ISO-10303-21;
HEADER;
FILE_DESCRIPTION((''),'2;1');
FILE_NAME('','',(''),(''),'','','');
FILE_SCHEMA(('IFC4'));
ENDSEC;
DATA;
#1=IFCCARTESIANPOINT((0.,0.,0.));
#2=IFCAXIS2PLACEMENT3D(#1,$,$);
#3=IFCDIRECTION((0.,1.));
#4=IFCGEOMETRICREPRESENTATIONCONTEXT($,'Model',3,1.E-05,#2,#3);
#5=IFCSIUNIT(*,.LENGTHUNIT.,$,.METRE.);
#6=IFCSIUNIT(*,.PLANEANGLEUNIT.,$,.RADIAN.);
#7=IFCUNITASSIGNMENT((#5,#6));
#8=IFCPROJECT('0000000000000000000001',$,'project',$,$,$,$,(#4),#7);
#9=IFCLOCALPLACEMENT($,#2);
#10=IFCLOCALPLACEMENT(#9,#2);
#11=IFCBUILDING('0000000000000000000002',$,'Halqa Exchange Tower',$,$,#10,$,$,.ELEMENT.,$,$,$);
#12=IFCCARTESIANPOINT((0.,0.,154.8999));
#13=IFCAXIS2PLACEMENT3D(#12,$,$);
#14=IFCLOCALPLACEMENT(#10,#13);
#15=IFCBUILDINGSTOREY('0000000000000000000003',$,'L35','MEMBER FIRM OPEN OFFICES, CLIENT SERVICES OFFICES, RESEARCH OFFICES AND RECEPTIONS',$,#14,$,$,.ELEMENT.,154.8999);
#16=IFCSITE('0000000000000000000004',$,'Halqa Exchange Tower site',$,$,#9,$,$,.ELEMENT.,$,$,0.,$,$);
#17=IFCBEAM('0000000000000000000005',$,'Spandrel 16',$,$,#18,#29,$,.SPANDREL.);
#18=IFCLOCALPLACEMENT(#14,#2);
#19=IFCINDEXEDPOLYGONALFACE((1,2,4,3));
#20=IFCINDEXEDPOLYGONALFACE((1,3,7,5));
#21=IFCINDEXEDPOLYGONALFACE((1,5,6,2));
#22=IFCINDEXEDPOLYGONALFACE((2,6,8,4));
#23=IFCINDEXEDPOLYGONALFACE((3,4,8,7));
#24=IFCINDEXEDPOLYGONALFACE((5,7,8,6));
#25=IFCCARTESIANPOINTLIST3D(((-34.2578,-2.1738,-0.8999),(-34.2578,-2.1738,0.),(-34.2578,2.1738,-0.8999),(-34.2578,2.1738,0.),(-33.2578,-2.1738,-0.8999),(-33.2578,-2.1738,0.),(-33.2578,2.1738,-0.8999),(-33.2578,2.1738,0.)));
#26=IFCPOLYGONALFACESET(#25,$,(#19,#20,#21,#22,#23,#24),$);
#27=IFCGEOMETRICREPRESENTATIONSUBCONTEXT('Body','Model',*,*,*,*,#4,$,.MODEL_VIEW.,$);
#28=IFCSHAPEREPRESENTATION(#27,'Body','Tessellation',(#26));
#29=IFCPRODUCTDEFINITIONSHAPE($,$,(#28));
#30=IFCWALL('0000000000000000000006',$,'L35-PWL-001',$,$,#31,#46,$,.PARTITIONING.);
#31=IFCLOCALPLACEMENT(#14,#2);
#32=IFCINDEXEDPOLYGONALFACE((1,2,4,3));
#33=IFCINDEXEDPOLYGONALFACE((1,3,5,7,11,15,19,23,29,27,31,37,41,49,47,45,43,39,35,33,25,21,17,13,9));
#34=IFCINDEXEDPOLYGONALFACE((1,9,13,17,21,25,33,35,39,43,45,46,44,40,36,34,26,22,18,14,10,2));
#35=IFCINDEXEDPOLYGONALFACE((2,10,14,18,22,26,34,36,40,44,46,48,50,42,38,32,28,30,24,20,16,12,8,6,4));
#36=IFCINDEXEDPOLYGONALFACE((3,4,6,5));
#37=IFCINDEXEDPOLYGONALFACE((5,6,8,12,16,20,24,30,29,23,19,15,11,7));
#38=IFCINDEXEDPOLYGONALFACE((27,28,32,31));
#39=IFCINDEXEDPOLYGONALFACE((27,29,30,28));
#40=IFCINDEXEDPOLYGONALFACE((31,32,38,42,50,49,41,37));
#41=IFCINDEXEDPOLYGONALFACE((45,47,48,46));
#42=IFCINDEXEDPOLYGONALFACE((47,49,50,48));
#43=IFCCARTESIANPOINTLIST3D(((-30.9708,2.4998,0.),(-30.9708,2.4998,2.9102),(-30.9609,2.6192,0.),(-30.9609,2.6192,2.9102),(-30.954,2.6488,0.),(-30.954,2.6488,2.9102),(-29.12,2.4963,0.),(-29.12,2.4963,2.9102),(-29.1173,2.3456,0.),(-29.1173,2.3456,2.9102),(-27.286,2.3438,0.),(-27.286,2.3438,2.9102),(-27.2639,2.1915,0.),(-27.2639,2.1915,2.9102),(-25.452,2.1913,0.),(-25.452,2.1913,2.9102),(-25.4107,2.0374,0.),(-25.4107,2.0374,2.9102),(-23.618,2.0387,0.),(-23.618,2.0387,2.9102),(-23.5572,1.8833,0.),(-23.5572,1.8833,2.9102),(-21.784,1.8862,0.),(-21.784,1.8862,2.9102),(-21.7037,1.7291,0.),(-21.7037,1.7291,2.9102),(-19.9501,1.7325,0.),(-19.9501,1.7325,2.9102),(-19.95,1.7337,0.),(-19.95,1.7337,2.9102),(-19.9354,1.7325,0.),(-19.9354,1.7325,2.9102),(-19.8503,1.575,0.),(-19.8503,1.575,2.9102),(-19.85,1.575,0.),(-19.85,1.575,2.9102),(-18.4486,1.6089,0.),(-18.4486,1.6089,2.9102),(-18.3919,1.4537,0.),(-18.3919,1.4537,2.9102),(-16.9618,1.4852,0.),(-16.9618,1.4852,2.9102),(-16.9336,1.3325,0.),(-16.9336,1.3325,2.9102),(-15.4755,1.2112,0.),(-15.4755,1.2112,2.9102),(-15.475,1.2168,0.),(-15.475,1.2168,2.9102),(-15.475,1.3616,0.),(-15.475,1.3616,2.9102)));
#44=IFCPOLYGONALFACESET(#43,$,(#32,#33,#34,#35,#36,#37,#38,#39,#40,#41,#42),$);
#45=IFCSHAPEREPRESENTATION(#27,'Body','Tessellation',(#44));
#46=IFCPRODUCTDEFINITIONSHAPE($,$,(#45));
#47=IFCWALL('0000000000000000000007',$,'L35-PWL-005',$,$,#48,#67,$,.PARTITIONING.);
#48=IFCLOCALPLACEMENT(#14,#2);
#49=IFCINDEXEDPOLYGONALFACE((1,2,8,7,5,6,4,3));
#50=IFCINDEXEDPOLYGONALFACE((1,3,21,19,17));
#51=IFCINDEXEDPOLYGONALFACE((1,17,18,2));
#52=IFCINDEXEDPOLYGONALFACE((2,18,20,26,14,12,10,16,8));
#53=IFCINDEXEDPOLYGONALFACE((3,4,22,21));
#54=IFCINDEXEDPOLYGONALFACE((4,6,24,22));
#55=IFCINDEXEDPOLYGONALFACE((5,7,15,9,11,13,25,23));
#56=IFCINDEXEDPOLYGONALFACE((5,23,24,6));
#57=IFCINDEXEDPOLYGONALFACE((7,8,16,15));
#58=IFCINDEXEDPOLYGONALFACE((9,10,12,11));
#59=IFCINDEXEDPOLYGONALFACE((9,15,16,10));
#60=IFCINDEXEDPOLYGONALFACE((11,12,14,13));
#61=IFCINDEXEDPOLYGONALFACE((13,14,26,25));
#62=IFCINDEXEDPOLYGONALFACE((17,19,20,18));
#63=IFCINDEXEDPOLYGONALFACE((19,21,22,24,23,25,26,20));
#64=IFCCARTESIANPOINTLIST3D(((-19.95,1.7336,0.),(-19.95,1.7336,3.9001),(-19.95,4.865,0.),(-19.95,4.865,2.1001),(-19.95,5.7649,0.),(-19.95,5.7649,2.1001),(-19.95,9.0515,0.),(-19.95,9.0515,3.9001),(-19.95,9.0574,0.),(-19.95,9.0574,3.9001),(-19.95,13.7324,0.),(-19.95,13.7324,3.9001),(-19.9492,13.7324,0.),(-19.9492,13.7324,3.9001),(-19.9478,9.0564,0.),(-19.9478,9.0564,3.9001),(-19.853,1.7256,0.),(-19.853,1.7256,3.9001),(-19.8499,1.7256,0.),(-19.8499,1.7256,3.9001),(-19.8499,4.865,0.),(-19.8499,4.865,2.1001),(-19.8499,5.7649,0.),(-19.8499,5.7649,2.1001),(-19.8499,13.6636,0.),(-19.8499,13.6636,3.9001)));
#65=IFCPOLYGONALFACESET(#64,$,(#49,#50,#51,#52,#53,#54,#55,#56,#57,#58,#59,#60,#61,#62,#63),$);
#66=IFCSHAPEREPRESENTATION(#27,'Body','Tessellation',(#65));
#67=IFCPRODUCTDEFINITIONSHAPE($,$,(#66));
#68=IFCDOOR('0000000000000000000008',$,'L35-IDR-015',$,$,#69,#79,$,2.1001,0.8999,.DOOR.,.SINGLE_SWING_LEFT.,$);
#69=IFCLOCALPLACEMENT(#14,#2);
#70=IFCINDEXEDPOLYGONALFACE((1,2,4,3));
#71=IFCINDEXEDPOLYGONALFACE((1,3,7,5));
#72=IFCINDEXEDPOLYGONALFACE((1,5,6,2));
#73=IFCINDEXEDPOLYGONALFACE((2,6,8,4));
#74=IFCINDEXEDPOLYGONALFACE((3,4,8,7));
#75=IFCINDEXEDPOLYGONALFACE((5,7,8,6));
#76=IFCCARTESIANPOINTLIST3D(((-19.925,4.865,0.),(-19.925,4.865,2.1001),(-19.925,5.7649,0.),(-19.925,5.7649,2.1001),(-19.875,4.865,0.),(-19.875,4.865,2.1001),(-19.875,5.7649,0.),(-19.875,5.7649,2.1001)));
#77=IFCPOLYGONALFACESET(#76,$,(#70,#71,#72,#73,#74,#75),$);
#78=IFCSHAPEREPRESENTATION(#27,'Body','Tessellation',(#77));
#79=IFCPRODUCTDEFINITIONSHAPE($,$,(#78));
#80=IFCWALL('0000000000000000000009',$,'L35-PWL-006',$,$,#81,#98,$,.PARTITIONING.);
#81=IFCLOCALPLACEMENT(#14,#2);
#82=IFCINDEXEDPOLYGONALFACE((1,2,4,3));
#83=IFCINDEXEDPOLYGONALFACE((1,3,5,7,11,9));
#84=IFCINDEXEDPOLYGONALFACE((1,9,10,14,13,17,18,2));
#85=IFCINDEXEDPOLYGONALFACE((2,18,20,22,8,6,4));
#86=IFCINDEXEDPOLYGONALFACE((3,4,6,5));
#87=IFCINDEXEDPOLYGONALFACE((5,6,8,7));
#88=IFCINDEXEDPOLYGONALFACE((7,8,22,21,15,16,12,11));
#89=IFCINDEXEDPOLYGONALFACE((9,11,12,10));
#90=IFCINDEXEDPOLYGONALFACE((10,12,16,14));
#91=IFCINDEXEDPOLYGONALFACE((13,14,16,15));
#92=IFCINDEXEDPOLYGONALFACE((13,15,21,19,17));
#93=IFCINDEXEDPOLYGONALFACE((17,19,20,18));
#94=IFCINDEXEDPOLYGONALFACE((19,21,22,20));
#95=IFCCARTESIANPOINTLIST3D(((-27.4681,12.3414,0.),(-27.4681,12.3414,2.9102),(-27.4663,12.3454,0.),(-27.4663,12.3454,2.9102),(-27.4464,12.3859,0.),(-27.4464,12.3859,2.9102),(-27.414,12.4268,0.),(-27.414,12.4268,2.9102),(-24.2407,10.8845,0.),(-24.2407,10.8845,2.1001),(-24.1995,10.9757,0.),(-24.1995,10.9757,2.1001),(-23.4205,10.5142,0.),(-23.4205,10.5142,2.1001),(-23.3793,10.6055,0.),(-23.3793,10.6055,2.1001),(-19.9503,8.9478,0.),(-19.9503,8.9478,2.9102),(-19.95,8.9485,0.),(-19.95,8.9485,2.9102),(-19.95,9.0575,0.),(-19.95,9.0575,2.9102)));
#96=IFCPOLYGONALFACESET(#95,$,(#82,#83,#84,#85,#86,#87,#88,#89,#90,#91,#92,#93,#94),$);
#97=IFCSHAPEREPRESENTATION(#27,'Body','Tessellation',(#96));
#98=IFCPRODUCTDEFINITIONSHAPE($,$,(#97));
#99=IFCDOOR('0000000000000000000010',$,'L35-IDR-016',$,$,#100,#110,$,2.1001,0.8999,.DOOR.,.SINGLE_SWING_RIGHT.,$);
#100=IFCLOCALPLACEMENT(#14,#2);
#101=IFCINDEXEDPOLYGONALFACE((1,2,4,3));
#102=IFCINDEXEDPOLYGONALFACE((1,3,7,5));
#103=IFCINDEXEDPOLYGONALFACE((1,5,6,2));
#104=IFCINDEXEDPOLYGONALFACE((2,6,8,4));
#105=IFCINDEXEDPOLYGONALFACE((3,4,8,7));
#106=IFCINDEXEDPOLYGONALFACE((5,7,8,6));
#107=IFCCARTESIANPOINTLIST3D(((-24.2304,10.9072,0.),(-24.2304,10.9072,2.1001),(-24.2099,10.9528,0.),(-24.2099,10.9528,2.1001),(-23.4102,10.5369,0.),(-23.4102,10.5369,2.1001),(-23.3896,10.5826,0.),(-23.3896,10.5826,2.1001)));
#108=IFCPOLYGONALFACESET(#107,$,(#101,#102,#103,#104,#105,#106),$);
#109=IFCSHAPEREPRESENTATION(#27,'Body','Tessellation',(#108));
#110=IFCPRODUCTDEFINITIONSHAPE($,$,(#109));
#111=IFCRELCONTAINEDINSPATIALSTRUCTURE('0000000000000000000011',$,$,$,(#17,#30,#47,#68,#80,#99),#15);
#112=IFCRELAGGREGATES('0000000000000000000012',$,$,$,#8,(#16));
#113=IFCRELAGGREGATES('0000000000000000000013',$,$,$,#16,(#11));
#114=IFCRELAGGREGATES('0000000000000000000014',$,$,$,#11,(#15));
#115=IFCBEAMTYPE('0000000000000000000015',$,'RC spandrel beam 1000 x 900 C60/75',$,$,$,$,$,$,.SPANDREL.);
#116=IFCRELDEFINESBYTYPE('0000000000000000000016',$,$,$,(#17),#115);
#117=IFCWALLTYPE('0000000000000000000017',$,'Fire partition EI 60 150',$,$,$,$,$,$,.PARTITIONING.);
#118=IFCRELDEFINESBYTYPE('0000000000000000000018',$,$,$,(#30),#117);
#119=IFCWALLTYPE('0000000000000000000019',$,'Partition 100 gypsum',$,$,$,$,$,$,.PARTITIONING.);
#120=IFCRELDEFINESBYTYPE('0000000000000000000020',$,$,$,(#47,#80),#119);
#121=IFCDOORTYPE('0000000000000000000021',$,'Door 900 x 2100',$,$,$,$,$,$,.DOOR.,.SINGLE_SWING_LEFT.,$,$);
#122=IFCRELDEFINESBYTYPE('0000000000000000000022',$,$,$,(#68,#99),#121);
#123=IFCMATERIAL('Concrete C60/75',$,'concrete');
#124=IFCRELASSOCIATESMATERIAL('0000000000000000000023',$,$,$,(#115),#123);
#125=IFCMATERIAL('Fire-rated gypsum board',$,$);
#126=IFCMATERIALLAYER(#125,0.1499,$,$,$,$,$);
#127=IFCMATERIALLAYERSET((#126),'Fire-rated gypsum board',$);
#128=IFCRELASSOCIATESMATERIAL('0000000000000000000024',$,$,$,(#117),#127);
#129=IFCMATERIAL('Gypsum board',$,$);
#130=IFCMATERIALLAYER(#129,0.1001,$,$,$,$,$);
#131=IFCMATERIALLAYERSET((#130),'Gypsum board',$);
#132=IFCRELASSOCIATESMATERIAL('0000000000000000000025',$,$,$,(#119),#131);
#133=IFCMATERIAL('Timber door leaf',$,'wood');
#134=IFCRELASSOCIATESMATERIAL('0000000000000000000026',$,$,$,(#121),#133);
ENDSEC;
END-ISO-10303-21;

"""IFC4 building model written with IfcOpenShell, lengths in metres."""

from ifc_helpers import new_model, si_unit, direction, frame, frame_2d, origin, origin_2d, place, context, subcontext, project, spatial, polyline, rectangle, outline, extrude, material, layer, layer_set, material_profile, profile_set, type_object, element, fill, save


model = new_model("IFC4")

# Units and contexts
model_context = context("Model", 3, precision=1e-05, world=origin(), true_north=direction((0.0, 1.0)))
body_context = subcontext(model_context, "Body", "Model", "MODEL_VIEW")
ifc_project = project(units=[si_unit("LENGTHUNIT", "METRE"), si_unit("PLANEANGLEUNIT", "RADIAN")], contexts=[model_context])

# Site, building, storey
site_placement = place(None, origin())
site = spatial("IfcSite", under=ifc_project, at=site_placement, Name="Halqa Exchange Tower site", CompositionType="ELEMENT", RefElevation=0.0)
building_placement = place(site_placement, origin())
building = spatial("IfcBuilding", under=site, at=building_placement, Name="Halqa Exchange Tower", CompositionType="ELEMENT")
storey_placement = place(building_placement, frame((0.0, 0.0, 154.8999)))
storey = spatial("IfcBuildingStorey", under=building, at=storey_placement, Name="L35", Description="MEMBER FIRM OPEN OFFICES, CLIENT SERVICES OFFICES, RESEARCH OFFICES AND RECEPTIONS", CompositionType="ELEMENT", Elevation=154.8999)

# Beam
ifc_material_1 = material(Name="Concrete C60/75", Category="concrete")
ifc_material_profile_1 = material_profile(ifc_material_1, rectangle(XDim=1.0, YDim=0.8999, at=origin_2d()), Name="1000 x 900")
ifc_profile_set_1 = profile_set([ifc_material_profile_1], Name="Concrete C60/75")
beam_type_1 = type_object("IfcBeamType", Name="RC spandrel beam 1000 x 900 C60/75", PredefinedType="SPANDREL", material=ifc_profile_set_1)
beam_1_placement = place(storey_placement, frame((-33.7578, 2.1738, -0.45), z_axis=(0.0, -1.0, 0.0), x_axis=(1.0, 0.0, 0.0)))
element("IfcBeam", 1, at=beam_1_placement, inside=storey, type_object=beam_type_1, Name="Spandrel 16", PredefinedType="SPANDREL", context=body_context, shape_type="SweptSolid", body=[
    extrude(rectangle(XDim=1.0, YDim=0.8999, at=origin_2d()), origin(), (0.0, 0.0, 1.0), 4.3477),
])

# Wall
ifc_material_2 = material(Name="Fire-rated gypsum board")
ifc_layer_1 = layer(ifc_material_2, 0.1499)
ifc_layer_set_1 = layer_set([ifc_layer_1], Name="Fire-rated gypsum board")
wall_type_1 = type_object("IfcWallType", Name="Fire partition EI 60 150", PredefinedType="PARTITIONING", material=ifc_layer_set_1)
wall_1_placement = place(storey_placement, frame((-30.9646, 2.5745, 0.0), z_axis=(0.0, 0.0, 1.0), x_axis=(0.99656, -0.082873, 0.0)))
element("IfcWall", 2, at=wall_1_placement, inside=storey, type_object=wall_type_1, Name="L35-PWL-001", PredefinedType="PARTITIONING", context=body_context, shape_type="SweptSolid", body=[
    extrude(outline(polyline([(0.0, -0.075), (1.8599, -0.075), (3.7197, -0.075), (5.5793, -0.075), (7.4392, -0.075), (9.2991, -0.075), (11.1589, -0.075), (11.1592, -0.075), (11.1592, -0.075), (12.6223, -0.075), (14.0857, -0.075), (15.5488, -0.075), (15.5488, -0.0693), (15.5369, 0.075), (14.0449, 0.075), (12.553, 0.075), (11.061, 0.075), (11.0464, 0.0737), (11.0464, 0.075), (9.2061, 0.075), (7.3657, 0.075), (5.5254, 0.075), (3.6851, 0.075), (1.8447, 0.075), (0.0044, 0.075), (0.0, 0.0449), (0.0, -0.075)])), origin(), (0.0, 0.0, 1.0), 2.9102),
])

# Walls, openings, doors
ifc_material_3 = material(Name="Gypsum board")
ifc_layer_2 = layer(ifc_material_3, 0.1001)
ifc_layer_set_2 = layer_set([ifc_layer_2], Name="Gypsum board")
wall_type_2 = type_object("IfcWallType", Name="Partition 100 gypsum", PredefinedType="PARTITIONING", material=ifc_layer_set_2)
wall_2_placement = place(storey_placement, frame((-19.8999, 1.7256, 0.0), z_axis=(0.0, 0.0, 1.0), x_axis=(0.0, 1.0, 0.0)))
wall_2 = element("IfcWall", 3, at=wall_2_placement, inside=storey, type_object=wall_type_2, Name="L35-PWL-005", PredefinedType="PARTITIONING", context=body_context, shape_type="SweptSolid", body=[
    extrude(outline(polyline([(0.0, -0.05), (1.9897, -0.05), (3.9792, -0.05), (5.969, -0.05), (7.9587, -0.05), (9.9485, -0.05), (11.938, -0.05), (12.0068, 0.0493), (12.0068, 0.05), (10.4485, 0.05), (8.8901, 0.05), (7.3318, 0.05), (7.3308, 0.0479), (7.3259, 0.05), (5.4966, 0.05), (3.667, 0.05), (1.8376, 0.05), (0.0081, 0.05), (0.0, -0.0469), (0.0, -0.05)])), origin(), (0.0, 0.0, 1.0), 3.9001),
])
opening_1_placement = place(wall_2_placement, frame((3.1394, 0.0, 0.0)))
opening_1 = element("IfcOpeningElement", 4, at=opening_1_placement, cuts=wall_2, PredefinedType="OPENING", context=body_context, shape_type="SweptSolid", body=[
    extrude(rectangle(XDim=0.8999, YDim=2.1001, at=frame_2d((0.45, 1.05))), frame((0.0, 0.062, 0.0), z_axis=(0.0, -1.0, 0.0), x_axis=(1.0, 0.0, 0.0)), (0.0, 0.0, 1.0), 0.124),
])
ifc_material_4 = material(Name="Timber door leaf", Category="wood")
door_type_1 = type_object("IfcDoorType", Name="Door 900 x 2100", OperationType="SINGLE_SWING_LEFT", PredefinedType="DOOR", material=ifc_material_4)
door_1_placement = place(opening_1_placement, frame((0.8999, 0.0, 0.0), z_axis=(0.0, 0.0, 1.0), x_axis=(-1.0, 0.0, 0.0)))
door_1 = element("IfcDoor", 5, at=door_1_placement, inside=storey, type_object=door_type_1, Name="L35-IDR-015", OperationType="SINGLE_SWING_LEFT", OverallHeight=2.1001, OverallWidth=0.8999, PredefinedType="DOOR", context=body_context, shape_type="SweptSolid", body=[
    extrude(rectangle(XDim=0.8999, YDim=2.1001, at=frame_2d((0.45, 1.05))), frame((0.0, 0.0249, 0.0), z_axis=(0.0, -1.0, 0.0), x_axis=(1.0, 0.0, 0.0)), (0.0, 0.0, 1.0), 0.05),
])
fill(opening_1, door_1)
wall_3_placement = place(storey_placement, frame((-19.9297, 8.9934, 0.0), z_axis=(0.0, 0.0, 1.0), x_axis=(-0.911443, 0.411427, 0.0)))
wall_3 = element("IfcWall", 6, at=wall_3_placement, inside=storey, type_object=wall_type_2, Name="L35-PWL-006", PredefinedType="PARTITIONING", context=body_context, shape_type="SweptSolid", body=[
    extrude(outline(polyline([(0.0449, -0.05), (1.6829, -0.05), (3.3206, -0.05), (4.9585, -0.05), (6.5964, -0.05), (8.2341, -0.05), (8.2468, 0.0005), (8.2483, 0.0457), (8.2483, 0.05), (6.5986, 0.05), (4.949, 0.05), (3.2993, 0.05), (1.6497, 0.05), (0.0, 0.05), (0.0, 0.0493), (0.0449, -0.05)])), origin(), (0.0, 0.0, 1.0), 2.9102),
])
opening_2_placement = place(wall_3_placement, frame((3.8074, 0.0, 0.0)))
opening_2 = element("IfcOpeningElement", 7, at=opening_2_placement, cuts=wall_3, PredefinedType="OPENING", context=body_context, shape_type="SweptSolid", body=[
    extrude(rectangle(XDim=0.8999, YDim=2.1001, at=frame_2d((0.45, 1.05))), frame((0.0, 0.062, 0.0), z_axis=(0.0, -1.0, 0.0), x_axis=(1.0, 0.0, 0.0)), (0.0, 0.0, 1.0), 0.124),
])
door_2_placement = place(opening_2_placement, frame((0.8999, 0.0, 0.0), z_axis=(0.0, 0.0, 1.0), x_axis=(-1.0, 0.0, 0.0)))
door_2 = element("IfcDoor", 8, at=door_2_placement, inside=storey, type_object=door_type_1, Name="L35-IDR-016", OperationType="SINGLE_SWING_RIGHT", OverallHeight=2.1001, OverallWidth=0.8999, PredefinedType="DOOR", context=body_context, shape_type="SweptSolid", body=[
    extrude(rectangle(XDim=0.8999, YDim=2.1001, at=frame_2d((0.45, 1.05))), frame((0.0, 0.0249, 0.0), z_axis=(0.0, -1.0, 0.0), x_axis=(1.0, 0.0, 0.0)), (0.0, 0.0, 1.0), 0.05),
])
fill(opening_2, door_2)

save(model, "model.ifc")
